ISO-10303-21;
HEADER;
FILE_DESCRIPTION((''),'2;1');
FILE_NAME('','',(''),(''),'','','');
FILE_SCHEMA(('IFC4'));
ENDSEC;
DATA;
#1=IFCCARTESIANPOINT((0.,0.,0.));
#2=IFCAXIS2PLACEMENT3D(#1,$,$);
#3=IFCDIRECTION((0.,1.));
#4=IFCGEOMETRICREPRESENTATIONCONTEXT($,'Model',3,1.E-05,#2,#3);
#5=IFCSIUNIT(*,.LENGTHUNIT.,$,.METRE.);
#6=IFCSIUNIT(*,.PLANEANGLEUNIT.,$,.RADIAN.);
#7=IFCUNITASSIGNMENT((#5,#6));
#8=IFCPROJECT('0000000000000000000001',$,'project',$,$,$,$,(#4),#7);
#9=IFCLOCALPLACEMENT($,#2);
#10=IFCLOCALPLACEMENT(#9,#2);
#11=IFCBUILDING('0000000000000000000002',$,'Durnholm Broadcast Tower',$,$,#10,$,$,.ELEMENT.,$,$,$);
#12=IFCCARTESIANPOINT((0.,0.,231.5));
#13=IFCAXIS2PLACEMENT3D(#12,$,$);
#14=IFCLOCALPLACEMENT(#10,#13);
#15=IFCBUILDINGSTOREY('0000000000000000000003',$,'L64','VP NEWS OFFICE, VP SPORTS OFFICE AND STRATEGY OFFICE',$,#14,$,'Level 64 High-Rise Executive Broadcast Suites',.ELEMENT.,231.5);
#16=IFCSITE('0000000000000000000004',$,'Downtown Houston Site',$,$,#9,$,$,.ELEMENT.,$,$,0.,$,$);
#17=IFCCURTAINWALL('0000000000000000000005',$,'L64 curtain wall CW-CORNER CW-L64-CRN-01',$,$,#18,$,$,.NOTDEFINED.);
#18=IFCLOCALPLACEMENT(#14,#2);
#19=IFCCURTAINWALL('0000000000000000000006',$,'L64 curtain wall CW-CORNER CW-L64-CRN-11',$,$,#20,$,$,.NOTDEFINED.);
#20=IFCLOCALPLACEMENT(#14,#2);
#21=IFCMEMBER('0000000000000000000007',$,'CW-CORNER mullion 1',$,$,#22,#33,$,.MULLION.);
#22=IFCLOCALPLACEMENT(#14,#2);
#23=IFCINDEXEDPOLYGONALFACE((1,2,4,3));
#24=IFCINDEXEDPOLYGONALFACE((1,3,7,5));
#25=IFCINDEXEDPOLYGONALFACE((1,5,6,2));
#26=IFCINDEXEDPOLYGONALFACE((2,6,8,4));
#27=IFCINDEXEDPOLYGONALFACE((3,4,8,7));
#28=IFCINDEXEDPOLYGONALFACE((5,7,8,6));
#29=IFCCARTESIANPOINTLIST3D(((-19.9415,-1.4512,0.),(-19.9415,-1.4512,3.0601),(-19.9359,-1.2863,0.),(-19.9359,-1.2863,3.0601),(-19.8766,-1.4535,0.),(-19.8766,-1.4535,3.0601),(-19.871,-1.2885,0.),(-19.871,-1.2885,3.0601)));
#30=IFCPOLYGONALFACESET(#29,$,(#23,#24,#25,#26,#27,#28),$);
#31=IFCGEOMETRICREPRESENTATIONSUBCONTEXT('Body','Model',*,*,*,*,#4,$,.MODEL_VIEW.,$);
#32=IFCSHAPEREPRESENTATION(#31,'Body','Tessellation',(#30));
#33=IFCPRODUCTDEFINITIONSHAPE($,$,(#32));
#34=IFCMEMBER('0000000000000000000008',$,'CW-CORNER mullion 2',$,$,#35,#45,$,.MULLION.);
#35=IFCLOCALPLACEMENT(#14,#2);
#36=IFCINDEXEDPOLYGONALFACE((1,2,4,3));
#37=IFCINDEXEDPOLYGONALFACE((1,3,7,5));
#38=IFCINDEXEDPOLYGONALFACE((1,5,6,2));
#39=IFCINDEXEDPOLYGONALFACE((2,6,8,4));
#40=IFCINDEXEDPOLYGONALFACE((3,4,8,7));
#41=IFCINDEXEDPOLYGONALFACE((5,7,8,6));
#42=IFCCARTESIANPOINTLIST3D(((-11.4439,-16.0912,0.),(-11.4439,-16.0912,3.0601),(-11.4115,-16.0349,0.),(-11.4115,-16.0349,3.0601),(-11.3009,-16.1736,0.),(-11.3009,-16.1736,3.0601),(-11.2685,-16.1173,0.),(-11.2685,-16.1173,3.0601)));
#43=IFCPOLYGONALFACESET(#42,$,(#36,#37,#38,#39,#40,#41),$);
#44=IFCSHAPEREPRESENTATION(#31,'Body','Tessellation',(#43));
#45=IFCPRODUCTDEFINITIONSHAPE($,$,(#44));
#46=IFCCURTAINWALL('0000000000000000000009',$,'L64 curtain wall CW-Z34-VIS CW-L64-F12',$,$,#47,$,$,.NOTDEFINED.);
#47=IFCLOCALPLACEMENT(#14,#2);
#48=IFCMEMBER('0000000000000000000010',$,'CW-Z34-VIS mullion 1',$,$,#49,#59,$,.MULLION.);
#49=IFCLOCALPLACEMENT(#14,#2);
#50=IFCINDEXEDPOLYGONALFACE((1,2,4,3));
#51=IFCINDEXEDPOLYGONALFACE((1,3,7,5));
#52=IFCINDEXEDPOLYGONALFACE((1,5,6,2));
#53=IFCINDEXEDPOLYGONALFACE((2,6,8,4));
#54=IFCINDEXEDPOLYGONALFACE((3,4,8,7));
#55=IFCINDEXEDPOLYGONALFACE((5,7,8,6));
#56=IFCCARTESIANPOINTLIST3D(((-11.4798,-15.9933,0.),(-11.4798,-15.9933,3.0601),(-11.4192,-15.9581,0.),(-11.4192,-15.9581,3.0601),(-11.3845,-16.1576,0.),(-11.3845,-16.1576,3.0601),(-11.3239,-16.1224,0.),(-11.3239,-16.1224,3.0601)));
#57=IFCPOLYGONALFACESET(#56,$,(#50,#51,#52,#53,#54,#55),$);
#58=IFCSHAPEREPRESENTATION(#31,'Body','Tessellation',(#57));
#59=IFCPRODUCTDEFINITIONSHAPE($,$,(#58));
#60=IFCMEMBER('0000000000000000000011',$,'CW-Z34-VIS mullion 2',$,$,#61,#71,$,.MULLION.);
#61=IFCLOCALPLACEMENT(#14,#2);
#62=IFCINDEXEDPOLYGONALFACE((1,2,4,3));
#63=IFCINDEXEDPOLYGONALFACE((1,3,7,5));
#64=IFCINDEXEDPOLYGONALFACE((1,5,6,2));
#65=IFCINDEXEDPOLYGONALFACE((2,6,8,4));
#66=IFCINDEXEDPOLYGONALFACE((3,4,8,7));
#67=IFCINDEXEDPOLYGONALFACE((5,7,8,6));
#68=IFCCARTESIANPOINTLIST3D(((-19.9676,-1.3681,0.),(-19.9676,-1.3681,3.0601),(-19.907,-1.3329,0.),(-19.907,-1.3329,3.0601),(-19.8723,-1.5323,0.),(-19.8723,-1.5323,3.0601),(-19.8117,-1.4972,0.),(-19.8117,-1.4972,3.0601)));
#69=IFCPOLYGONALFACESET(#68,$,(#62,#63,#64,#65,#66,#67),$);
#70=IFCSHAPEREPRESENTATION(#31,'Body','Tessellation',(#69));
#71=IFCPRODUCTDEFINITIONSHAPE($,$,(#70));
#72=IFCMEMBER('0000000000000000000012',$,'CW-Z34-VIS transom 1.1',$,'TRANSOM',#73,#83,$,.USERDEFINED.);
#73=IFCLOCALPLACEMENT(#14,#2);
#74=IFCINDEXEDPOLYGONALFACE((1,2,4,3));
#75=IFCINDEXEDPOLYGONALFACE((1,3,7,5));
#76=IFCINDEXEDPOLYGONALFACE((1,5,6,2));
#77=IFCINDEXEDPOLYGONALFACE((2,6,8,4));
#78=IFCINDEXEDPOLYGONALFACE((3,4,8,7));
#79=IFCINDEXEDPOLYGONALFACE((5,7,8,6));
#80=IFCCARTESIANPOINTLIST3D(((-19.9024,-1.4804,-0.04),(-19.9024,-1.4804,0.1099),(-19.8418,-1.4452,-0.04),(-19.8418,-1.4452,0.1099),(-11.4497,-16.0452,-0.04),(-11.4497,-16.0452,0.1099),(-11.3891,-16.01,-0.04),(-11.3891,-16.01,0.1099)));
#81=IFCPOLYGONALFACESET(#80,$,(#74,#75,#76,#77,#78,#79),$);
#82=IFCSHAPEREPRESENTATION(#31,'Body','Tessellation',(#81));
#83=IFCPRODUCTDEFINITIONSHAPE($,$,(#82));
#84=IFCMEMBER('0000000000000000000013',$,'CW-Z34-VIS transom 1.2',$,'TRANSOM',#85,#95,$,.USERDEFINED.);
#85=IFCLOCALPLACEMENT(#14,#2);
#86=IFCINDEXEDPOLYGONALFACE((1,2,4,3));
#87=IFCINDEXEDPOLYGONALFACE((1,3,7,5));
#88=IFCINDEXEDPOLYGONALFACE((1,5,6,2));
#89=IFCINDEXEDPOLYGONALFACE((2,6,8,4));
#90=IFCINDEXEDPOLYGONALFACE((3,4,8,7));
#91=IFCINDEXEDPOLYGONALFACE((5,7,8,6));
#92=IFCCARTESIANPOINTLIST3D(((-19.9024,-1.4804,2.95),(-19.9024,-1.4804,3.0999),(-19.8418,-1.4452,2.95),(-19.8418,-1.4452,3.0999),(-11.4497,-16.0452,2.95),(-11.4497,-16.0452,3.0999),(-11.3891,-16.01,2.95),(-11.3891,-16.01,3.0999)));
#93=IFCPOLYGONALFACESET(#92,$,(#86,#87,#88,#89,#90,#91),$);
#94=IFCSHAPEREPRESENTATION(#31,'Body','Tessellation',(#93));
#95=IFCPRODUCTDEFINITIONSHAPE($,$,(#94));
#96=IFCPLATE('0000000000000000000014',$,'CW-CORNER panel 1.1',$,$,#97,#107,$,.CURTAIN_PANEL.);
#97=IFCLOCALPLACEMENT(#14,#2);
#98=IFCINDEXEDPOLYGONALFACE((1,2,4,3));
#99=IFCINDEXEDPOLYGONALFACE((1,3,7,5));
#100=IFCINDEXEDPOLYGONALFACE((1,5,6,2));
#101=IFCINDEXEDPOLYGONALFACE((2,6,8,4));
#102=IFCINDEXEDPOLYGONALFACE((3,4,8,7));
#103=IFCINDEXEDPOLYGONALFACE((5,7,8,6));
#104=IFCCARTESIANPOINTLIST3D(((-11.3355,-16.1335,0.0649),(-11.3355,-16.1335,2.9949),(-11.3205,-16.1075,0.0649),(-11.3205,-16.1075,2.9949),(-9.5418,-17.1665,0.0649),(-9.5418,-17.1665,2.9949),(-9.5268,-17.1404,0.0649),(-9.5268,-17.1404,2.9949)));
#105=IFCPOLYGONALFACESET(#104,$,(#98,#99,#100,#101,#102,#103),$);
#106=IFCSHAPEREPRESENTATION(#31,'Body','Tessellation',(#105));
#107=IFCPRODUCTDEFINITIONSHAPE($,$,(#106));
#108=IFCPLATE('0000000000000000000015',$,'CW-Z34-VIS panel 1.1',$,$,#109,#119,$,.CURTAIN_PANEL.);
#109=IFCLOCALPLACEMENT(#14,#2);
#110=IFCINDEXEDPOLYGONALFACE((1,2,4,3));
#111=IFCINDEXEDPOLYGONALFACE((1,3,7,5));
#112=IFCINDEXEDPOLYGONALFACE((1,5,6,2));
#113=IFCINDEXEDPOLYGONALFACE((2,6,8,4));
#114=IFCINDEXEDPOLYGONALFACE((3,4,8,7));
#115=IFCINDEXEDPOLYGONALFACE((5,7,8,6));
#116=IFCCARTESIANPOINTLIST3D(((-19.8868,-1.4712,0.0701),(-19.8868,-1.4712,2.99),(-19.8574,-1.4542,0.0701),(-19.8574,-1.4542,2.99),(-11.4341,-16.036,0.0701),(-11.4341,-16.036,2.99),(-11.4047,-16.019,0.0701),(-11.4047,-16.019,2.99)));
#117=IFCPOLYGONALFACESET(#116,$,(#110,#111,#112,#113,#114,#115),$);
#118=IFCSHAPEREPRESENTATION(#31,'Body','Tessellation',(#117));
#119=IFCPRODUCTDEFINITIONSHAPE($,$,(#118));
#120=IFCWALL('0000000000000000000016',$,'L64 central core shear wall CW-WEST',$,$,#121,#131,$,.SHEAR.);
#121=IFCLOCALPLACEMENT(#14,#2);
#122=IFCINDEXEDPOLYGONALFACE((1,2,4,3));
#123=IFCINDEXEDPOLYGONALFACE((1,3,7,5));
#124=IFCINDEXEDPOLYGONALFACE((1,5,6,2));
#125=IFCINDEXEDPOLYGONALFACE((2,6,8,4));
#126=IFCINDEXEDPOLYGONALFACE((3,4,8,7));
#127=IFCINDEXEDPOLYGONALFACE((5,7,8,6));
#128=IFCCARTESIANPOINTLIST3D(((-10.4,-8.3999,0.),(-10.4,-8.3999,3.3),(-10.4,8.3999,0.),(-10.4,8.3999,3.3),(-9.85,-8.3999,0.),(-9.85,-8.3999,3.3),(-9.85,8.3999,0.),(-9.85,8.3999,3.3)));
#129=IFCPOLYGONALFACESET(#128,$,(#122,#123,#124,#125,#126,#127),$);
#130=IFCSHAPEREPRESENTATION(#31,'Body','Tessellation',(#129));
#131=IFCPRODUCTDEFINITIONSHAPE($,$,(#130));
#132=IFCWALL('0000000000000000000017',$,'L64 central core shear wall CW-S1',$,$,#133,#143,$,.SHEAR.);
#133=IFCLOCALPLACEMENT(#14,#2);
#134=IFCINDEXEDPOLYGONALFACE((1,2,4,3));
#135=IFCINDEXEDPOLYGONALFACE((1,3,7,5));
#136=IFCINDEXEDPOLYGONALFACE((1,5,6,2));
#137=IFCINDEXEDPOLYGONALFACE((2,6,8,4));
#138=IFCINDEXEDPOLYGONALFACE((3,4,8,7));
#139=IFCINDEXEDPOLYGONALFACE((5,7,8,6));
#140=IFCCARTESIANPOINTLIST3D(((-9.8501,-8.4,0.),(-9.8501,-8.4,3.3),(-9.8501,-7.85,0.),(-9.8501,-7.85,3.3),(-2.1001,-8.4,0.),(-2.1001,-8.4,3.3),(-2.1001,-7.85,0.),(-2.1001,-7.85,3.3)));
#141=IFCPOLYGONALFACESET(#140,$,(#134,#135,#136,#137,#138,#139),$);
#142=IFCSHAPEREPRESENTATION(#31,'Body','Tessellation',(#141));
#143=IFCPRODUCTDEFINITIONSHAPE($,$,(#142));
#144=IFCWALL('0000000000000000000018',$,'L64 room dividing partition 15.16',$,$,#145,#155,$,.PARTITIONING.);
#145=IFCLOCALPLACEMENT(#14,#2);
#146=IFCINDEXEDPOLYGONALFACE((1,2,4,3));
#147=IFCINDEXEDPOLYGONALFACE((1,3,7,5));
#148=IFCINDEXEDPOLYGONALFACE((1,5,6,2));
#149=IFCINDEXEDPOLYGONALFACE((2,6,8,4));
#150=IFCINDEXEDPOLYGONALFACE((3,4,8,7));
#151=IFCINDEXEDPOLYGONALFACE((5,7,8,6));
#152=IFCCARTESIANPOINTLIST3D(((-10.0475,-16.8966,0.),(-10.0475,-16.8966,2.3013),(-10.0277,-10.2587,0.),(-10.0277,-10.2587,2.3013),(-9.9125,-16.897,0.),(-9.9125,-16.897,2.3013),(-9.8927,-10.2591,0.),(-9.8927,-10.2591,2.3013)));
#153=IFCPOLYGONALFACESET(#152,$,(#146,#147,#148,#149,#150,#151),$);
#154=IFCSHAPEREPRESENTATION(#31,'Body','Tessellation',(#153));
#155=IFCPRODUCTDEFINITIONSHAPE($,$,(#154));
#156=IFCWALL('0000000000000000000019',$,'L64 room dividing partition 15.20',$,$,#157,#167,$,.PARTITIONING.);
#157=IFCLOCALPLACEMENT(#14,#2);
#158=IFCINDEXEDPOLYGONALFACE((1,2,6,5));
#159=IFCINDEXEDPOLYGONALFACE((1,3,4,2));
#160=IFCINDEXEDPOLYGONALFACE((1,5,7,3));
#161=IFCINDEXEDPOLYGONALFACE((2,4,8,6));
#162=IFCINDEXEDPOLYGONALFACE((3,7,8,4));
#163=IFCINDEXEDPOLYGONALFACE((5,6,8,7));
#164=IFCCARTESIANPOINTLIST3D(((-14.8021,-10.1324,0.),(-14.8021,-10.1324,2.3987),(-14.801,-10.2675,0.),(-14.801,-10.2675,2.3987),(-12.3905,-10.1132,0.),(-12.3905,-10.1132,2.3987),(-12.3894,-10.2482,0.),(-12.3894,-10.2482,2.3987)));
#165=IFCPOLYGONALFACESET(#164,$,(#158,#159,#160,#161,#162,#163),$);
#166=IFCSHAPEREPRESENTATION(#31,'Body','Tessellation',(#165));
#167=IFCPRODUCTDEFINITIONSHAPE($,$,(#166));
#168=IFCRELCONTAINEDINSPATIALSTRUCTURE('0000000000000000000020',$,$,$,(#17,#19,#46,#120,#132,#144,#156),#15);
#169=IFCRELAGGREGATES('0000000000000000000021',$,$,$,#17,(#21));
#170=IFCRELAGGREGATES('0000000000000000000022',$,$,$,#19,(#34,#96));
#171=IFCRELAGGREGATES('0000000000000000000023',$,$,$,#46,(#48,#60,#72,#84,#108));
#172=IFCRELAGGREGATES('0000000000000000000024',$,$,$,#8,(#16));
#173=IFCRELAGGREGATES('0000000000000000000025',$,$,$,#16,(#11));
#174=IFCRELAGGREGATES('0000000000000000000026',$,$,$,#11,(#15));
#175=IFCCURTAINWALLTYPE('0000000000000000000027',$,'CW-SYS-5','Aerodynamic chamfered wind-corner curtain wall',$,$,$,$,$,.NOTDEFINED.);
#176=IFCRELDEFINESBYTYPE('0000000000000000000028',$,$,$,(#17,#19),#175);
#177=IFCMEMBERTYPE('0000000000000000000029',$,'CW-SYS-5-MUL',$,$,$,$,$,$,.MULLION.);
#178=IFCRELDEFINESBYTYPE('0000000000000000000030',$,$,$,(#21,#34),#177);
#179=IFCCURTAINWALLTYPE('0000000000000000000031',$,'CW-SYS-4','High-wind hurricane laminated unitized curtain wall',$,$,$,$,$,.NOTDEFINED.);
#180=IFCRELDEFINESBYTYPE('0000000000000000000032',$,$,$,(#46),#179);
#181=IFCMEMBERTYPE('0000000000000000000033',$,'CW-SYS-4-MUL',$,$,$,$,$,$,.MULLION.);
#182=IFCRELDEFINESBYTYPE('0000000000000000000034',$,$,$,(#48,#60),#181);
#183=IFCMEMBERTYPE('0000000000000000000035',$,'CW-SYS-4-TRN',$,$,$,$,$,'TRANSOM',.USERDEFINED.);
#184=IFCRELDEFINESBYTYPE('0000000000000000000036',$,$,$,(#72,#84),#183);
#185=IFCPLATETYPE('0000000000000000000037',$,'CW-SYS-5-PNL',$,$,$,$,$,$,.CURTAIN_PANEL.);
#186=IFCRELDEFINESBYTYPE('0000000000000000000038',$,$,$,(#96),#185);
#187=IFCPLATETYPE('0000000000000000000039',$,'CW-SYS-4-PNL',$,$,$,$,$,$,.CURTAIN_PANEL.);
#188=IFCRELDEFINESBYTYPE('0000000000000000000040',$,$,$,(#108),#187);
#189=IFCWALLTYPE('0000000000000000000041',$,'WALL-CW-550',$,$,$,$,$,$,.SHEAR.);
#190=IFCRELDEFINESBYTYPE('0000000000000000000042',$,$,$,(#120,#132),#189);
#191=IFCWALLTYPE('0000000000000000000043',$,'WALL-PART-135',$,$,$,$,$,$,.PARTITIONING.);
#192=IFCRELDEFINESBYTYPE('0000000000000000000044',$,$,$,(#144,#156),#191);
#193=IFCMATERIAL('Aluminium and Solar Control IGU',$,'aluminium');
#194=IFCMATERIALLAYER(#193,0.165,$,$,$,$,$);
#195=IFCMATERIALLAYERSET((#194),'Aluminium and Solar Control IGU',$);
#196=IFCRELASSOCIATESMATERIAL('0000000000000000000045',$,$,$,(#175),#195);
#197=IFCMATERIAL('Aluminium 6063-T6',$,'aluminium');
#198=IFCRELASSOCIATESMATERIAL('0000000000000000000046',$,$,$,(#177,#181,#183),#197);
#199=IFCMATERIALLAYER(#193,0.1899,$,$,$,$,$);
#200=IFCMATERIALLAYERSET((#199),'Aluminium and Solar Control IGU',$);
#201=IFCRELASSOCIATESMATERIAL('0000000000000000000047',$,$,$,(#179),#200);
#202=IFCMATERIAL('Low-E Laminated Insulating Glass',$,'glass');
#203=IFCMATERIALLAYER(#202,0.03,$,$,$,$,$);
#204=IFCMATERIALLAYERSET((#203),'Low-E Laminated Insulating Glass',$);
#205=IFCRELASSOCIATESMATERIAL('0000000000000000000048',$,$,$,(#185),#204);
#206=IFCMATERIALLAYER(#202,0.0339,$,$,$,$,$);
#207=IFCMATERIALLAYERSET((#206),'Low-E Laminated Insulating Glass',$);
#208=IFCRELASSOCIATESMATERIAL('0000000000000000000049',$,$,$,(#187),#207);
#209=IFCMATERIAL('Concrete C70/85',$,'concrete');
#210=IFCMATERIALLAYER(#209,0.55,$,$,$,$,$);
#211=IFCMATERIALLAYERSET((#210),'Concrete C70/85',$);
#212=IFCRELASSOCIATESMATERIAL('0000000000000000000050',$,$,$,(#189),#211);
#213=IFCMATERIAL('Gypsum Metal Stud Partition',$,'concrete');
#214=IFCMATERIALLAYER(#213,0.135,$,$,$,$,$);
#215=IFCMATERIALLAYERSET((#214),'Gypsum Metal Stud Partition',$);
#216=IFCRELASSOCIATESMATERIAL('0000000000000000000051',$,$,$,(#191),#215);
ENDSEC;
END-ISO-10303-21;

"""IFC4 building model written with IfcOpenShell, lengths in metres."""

from ifc_helpers import new_model, si_unit, direction, frame, frame_2d, origin, origin_2d, place, context, subcontext, project, spatial, rectangle, extrude, source, transform, mapped, material, layer, layer_set, material_profile, profile_set, type_object, type_shapes, element, aggregate, save


model = new_model("IFC4")

# Units and contexts
model_context = context("Model", 3, precision=1e-05, world=origin(), true_north=direction((0.0, 1.0)))
body_context = subcontext(model_context, "Body", "Model", "MODEL_VIEW")
ifc_project = project(units=[si_unit("LENGTHUNIT", "METRE"), si_unit("PLANEANGLEUNIT", "RADIAN")], contexts=[model_context])

# Site, building, storey
site_placement = place(None, origin())
site = spatial("IfcSite", under=ifc_project, at=site_placement, Name="Downtown Houston Site", CompositionType="ELEMENT", RefElevation=0.0)
building_placement = place(site_placement, origin())
building = spatial("IfcBuilding", under=site, at=building_placement, Name="Durnholm Broadcast Tower", CompositionType="ELEMENT")
storey_placement = place(building_placement, frame((0.0, 0.0, 231.5)))
storey = spatial("IfcBuildingStorey", under=building, at=storey_placement, Name="L64", Description="VP NEWS OFFICE, VP SPORTS OFFICE AND STRATEGY OFFICE", LongName="Level 64 High-Rise Executive Broadcast Suites", CompositionType="ELEMENT", Elevation=231.5)

# Shared definitions
ifc_material_1 = material(Name="Concrete C70/85", Category="concrete")

# Curtain wall
ifc_material_2 = material(Name="Aluminium and Solar Control IGU", Category="aluminium")
ifc_layer_1 = layer(ifc_material_2, 0.165)
ifc_layer_set_1 = layer_set([ifc_layer_1], Name="Aluminium and Solar Control IGU")
curtain_wall_type_1 = type_object("IfcCurtainWallType", Name="CW-SYS-5", Description="Aerodynamic chamfered wind-corner curtain wall", PredefinedType="NOTDEFINED", material=ifc_layer_set_1)
curtain_wall_1_placement = place(storey_placement, origin())
curtain_wall_1 = element("IfcCurtainWall", 1, at=curtain_wall_1_placement, inside=storey, type_object=curtain_wall_type_1, Name="L64 curtain wall CW-CORNER CW-L64-CRN-01", PredefinedType="NOTDEFINED")
ifc_material_3 = material(Name="Aluminium 6063-T6", Category="aluminium")

# Curtain wall
curtain_wall_2_placement = place(storey_placement, origin())
curtain_wall_2 = element("IfcCurtainWall", 2, at=curtain_wall_2_placement, inside=storey, type_object=curtain_wall_type_1, Name="L64 curtain wall CW-CORNER CW-L64-CRN-11", PredefinedType="NOTDEFINED")

# Members
ifc_material_profile_1 = material_profile(ifc_material_3, rectangle(XDim=0.0649, YDim=0.165, at=origin_2d()), Name="CWM65X165")
ifc_profile_set_1 = profile_set([ifc_material_profile_1], Name="Aluminium 6063-T6")
member_type_1 = type_object("IfcMemberType", Name="CW-SYS-5-MUL", PredefinedType="MULLION", material=ifc_profile_set_1)
shared_shape_1 = source(origin(), body_context, "Body", "SweptSolid", [
    extrude(rectangle(XDim=0.0649, YDim=0.165, at=origin_2d()), origin(), (0.0, 0.0, 1.0), 3.0601),
])
type_shapes(member_type_1, [shared_shape_1])
member_1_placement = place(storey_placement, frame((-19.9062, -1.3699, 0.0), z_axis=(0.0, 0.0, 1.0), x_axis=(-0.999411, 0.034318, 0.0)))
member_1 = element("IfcMember", 3, at=member_1_placement, type_object=member_type_1, Name="CW-CORNER mullion 1", PredefinedType="MULLION", context=body_context, shape_type="MappedRepresentation", body=[
    mapped(shared_shape_1, transform((0.0, 0.0, 0.0), x_axis=(1.0, 0.0, 0.0), y_axis=(0.0, 1.0, 0.0), z_axis=(0.0, 0.0, 1.0), scale=1.0)),
])
aggregate(curtain_wall_1, [member_1])
member_2_placement = place(storey_placement, frame((-11.3562, -16.1042, 0.0), z_axis=(0.0, 0.0, 1.0), x_axis=(-0.499059, -0.866568, 0.0)))
member_2 = element("IfcMember", 4, at=member_2_placement, type_object=member_type_1, Name="CW-CORNER mullion 2", PredefinedType="MULLION", context=body_context, shape_type="MappedRepresentation", body=[
    mapped(shared_shape_1, transform((0.0, 0.0, 0.0), x_axis=(1.0, 0.0, 0.0), y_axis=(0.0, 1.0, 0.0), z_axis=(0.0, 0.0, 1.0), scale=1.0)),
])

# Curtain wall, members
ifc_layer_2 = layer(ifc_material_2, 0.1899)
ifc_layer_set_2 = layer_set([ifc_layer_2], Name="Aluminium and Solar Control IGU")
curtain_wall_type_2 = type_object("IfcCurtainWallType", Name="CW-SYS-4", Description="High-wind hurricane laminated unitized curtain wall", PredefinedType="NOTDEFINED", material=ifc_layer_set_2)
curtain_wall_3_placement = place(storey_placement, origin())
curtain_wall_3 = element("IfcCurtainWall", 5, at=curtain_wall_3_placement, inside=storey, type_object=curtain_wall_type_2, Name="L64 curtain wall CW-Z34-VIS CW-L64-F12", PredefinedType="NOTDEFINED")
ifc_material_profile_2 = material_profile(ifc_material_3, rectangle(XDim=0.0701, YDim=0.1899, at=origin_2d()), Name="CWM70X190")
ifc_profile_set_2 = profile_set([ifc_material_profile_2], Name="Aluminium 6063-T6")
member_type_2 = type_object("IfcMemberType", Name="CW-SYS-4-MUL", PredefinedType="MULLION", material=ifc_profile_set_2)
shared_shape_2 = source(origin(), body_context, "Body", "SweptSolid", [
    extrude(rectangle(XDim=0.0701, YDim=0.1899, at=origin_2d()), origin(), (0.0, 0.0, 1.0), 3.0601),
])
type_shapes(member_type_2, [shared_shape_2])
member_3_placement = place(storey_placement, frame((-11.4019, -16.0579, 0.0), z_axis=(0.0, 0.0, 1.0), x_axis=(-0.8649, -0.501944, 0.0)))
member_3 = element("IfcMember", 6, at=member_3_placement, type_object=member_type_2, Name="CW-Z34-VIS mullion 1", PredefinedType="MULLION", context=body_context, shape_type="MappedRepresentation", body=[
    mapped(shared_shape_2, transform((0.0, 0.0, 0.0), x_axis=(1.0, 0.0, 0.0), y_axis=(0.0, 1.0, 0.0), z_axis=(0.0, 0.0, 1.0), scale=1.0)),
])
member_4_placement = place(storey_placement, frame((-19.8896, -1.4326, 0.0), z_axis=(0.0, 0.0, 1.0), x_axis=(-0.8649, -0.501944, 0.0)))
member_4 = element("IfcMember", 7, at=member_4_placement, type_object=member_type_2, Name="CW-Z34-VIS mullion 2", PredefinedType="MULLION", context=body_context, shape_type="MappedRepresentation", body=[
    mapped(shared_shape_2, transform((0.0, 0.0, 0.0), x_axis=(1.0, 0.0, 0.0), y_axis=(0.0, 1.0, 0.0), z_axis=(0.0, 0.0, 1.0), scale=1.0)),
])
ifc_material_profile_3 = material_profile(ifc_material_3, rectangle(XDim=0.0701, YDim=0.1499, at=origin_2d()), Name="CWT70X150")
ifc_profile_set_3 = profile_set([ifc_material_profile_3], Name="Aluminium 6063-T6")
member_type_3 = type_object("IfcMemberType", Name="CW-SYS-4-TRN", ElementType="TRANSOM", PredefinedType="USERDEFINED", material=ifc_profile_set_3)
shared_shape_3 = source(origin(), body_context, "Body", "SweptSolid", [
    extrude(rectangle(XDim=0.0701, YDim=0.1499, at=origin_2d()), origin(), (0.0, 0.0, 1.0), 16.8398),
])
type_shapes(member_type_3, [shared_shape_3])
member_5_placement = place(storey_placement, frame((-11.4194, -16.0276, 0.0349), z_axis=(-0.501945, 0.864899, 0.0), x_axis=(-0.864899, -0.501945, 0.0)))
member_5 = element("IfcMember", 8, at=member_5_placement, type_object=member_type_3, Name="CW-Z34-VIS transom 1.1", ObjectType="TRANSOM", PredefinedType="USERDEFINED", context=body_context, shape_type="MappedRepresentation", body=[
    mapped(shared_shape_3, transform((0.0, 0.0, 0.0), x_axis=(1.0, 0.0, 0.0), y_axis=(0.0, 1.0, 0.0), z_axis=(0.0, 0.0, 1.0), scale=1.0)),
])
member_6_placement = place(storey_placement, frame((-11.4194, -16.0276, 3.0249), z_axis=(-0.501945, 0.864899, 0.0), x_axis=(-0.864899, -0.501945, 0.0)))
member_6 = element("IfcMember", 9, at=member_6_placement, type_object=member_type_3, Name="CW-Z34-VIS transom 1.2", ObjectType="TRANSOM", PredefinedType="USERDEFINED", context=body_context, shape_type="MappedRepresentation", body=[
    mapped(shared_shape_3, transform((0.0, 0.0, 0.0), x_axis=(1.0, 0.0, 0.0), y_axis=(0.0, 1.0, 0.0), z_axis=(0.0, 0.0, 1.0), scale=1.0)),
])

# Plates
ifc_material_4 = material(Name="Low-E Laminated Insulating Glass", Category="glass")
ifc_layer_3 = layer(ifc_material_4, 0.03)
ifc_layer_set_3 = layer_set([ifc_layer_3], Name="Low-E Laminated Insulating Glass")
plate_type_1 = type_object("IfcPlateType", Name="CW-SYS-5-PNL", PredefinedType="CURTAIN_PANEL", material=ifc_layer_set_3)
shared_shape_4 = source(origin(), body_context, "Body", "SweptSolid", [
    extrude(rectangle(XDim=2.0698, YDim=0.03, at=origin_2d()), origin(), (0.0, 0.0, 1.0), 2.9299),
])
type_shapes(plate_type_1, [shared_shape_4])
plate_1_placement = place(storey_placement, frame((-10.4312, -16.637, 0.0649), z_axis=(0.0, 0.0, 1.0), x_axis=(-0.866568, 0.499059, 0.0)))
plate_1 = element("IfcPlate", 10, at=plate_1_placement, type_object=plate_type_1, Name="CW-CORNER panel 1.1", PredefinedType="CURTAIN_PANEL", context=body_context, shape_type="MappedRepresentation", body=[
    mapped(shared_shape_4, transform((0.0, 0.0, 0.0), x_axis=(1.0, 0.0, 0.0), y_axis=(0.0, 1.0, 0.0), z_axis=(0.0, 0.0, 1.0), scale=1.0)),
])
aggregate(curtain_wall_2, [member_2, plate_1])
ifc_layer_4 = layer(ifc_material_4, 0.0339)
ifc_layer_set_4 = layer_set([ifc_layer_4], Name="Low-E Laminated Insulating Glass")
plate_type_2 = type_object("IfcPlateType", Name="CW-SYS-4-PNL", PredefinedType="CURTAIN_PANEL", material=ifc_layer_set_4)
shared_shape_5 = source(origin(), body_context, "Body", "SweptSolid", [
    extrude(rectangle(XDim=16.8398, YDim=0.0339, at=origin_2d()), origin(), (0.0, 0.0, 1.0), 2.9199),
])
type_shapes(plate_type_2, [shared_shape_5])
plate_2_placement = place(storey_placement, frame((-15.6458, -8.7451, 0.0701), z_axis=(0.0, 0.0, 1.0), x_axis=(-0.501944, 0.8649, 0.0)))
plate_2 = element("IfcPlate", 11, at=plate_2_placement, type_object=plate_type_2, Name="CW-Z34-VIS panel 1.1", PredefinedType="CURTAIN_PANEL", context=body_context, shape_type="MappedRepresentation", body=[
    mapped(shared_shape_5, transform((0.0, 0.0, 0.0), x_axis=(1.0, 0.0, 0.0), y_axis=(0.0, 1.0, 0.0), z_axis=(0.0, 0.0, 1.0), scale=1.0)),
])
aggregate(curtain_wall_3, [member_3, member_4, member_5, member_6, plate_2])

# Walls
ifc_layer_5 = layer(ifc_material_1, 0.55)
ifc_layer_set_5 = layer_set([ifc_layer_5], Name="Concrete C70/85")
wall_type_1 = type_object("IfcWallType", Name="WALL-CW-550", PredefinedType="SHEAR", material=ifc_layer_set_5)
wall_1_placement = place(storey_placement, frame((-10.125, -8.3999, 0.0), z_axis=(0.0, 0.0, 1.0), x_axis=(0.0, 1.0, 0.0)))
element("IfcWall", 12, at=wall_1_placement, inside=storey, type_object=wall_type_1, Name="L64 central core shear wall CW-WEST", PredefinedType="SHEAR", context=body_context, shape_type="SweptSolid", body=[
    extrude(rectangle(XDim=16.7998, YDim=0.55, at=frame_2d((8.3999, 0.0))), origin(), (0.0, 0.0, 1.0), 3.3),
])
wall_2_placement = place(storey_placement, frame((-9.8501, -8.125, 0.0), z_axis=(0.0, 0.0, 1.0), x_axis=(1.0, 0.0, 0.0)))
element("IfcWall", 13, at=wall_2_placement, inside=storey, type_object=wall_type_1, Name="L64 central core shear wall CW-S1", PredefinedType="SHEAR", context=body_context, shape_type="SweptSolid", body=[
    extrude(rectangle(XDim=7.75, YDim=0.55, at=frame_2d((3.875, 0.0))), origin(), (0.0, 0.0, 1.0), 3.3),
])
ifc_material_5 = material(Name="Gypsum Metal Stud Partition", Category="concrete")
ifc_layer_6 = layer(ifc_material_5, 0.135)
ifc_layer_set_6 = layer_set([ifc_layer_6], Name="Gypsum Metal Stud Partition")
wall_type_2 = type_object("IfcWallType", Name="WALL-PART-135", PredefinedType="PARTITIONING", material=ifc_layer_set_6)
wall_3_placement = place(storey_placement, frame((-9.9602, -10.259, 0.0), z_axis=(0.0, 0.0, 1.0), x_axis=(-0.002979, -0.999996, 0.0)))
element("IfcWall", 14, at=wall_3_placement, inside=storey, type_object=wall_type_2, Name="L64 room dividing partition 15.16", PredefinedType="PARTITIONING", context=body_context, shape_type="SweptSolid", body=[
    extrude(rectangle(XDim=6.6379, YDim=0.135, at=frame_2d((3.3188, 0.0))), origin(), (0.0, 0.0, 1.0), 2.3013),
])
wall_4_placement = place(storey_placement, frame((-14.8015, -10.2, 0.0), z_axis=(0.0, 0.0, 1.0), x_axis=(0.999968, 0.007997, 0.0)))
element("IfcWall", 15, at=wall_4_placement, inside=storey, type_object=wall_type_2, Name="L64 room dividing partition 15.20", PredefinedType="PARTITIONING", context=body_context, shape_type="SweptSolid", body=[
    extrude(rectangle(XDim=2.4116, YDim=0.135, at=frame_2d((1.2058, 0.0))), origin(), (0.0, 0.0, 1.0), 2.3987),
])

save(model, "model.ifc")
